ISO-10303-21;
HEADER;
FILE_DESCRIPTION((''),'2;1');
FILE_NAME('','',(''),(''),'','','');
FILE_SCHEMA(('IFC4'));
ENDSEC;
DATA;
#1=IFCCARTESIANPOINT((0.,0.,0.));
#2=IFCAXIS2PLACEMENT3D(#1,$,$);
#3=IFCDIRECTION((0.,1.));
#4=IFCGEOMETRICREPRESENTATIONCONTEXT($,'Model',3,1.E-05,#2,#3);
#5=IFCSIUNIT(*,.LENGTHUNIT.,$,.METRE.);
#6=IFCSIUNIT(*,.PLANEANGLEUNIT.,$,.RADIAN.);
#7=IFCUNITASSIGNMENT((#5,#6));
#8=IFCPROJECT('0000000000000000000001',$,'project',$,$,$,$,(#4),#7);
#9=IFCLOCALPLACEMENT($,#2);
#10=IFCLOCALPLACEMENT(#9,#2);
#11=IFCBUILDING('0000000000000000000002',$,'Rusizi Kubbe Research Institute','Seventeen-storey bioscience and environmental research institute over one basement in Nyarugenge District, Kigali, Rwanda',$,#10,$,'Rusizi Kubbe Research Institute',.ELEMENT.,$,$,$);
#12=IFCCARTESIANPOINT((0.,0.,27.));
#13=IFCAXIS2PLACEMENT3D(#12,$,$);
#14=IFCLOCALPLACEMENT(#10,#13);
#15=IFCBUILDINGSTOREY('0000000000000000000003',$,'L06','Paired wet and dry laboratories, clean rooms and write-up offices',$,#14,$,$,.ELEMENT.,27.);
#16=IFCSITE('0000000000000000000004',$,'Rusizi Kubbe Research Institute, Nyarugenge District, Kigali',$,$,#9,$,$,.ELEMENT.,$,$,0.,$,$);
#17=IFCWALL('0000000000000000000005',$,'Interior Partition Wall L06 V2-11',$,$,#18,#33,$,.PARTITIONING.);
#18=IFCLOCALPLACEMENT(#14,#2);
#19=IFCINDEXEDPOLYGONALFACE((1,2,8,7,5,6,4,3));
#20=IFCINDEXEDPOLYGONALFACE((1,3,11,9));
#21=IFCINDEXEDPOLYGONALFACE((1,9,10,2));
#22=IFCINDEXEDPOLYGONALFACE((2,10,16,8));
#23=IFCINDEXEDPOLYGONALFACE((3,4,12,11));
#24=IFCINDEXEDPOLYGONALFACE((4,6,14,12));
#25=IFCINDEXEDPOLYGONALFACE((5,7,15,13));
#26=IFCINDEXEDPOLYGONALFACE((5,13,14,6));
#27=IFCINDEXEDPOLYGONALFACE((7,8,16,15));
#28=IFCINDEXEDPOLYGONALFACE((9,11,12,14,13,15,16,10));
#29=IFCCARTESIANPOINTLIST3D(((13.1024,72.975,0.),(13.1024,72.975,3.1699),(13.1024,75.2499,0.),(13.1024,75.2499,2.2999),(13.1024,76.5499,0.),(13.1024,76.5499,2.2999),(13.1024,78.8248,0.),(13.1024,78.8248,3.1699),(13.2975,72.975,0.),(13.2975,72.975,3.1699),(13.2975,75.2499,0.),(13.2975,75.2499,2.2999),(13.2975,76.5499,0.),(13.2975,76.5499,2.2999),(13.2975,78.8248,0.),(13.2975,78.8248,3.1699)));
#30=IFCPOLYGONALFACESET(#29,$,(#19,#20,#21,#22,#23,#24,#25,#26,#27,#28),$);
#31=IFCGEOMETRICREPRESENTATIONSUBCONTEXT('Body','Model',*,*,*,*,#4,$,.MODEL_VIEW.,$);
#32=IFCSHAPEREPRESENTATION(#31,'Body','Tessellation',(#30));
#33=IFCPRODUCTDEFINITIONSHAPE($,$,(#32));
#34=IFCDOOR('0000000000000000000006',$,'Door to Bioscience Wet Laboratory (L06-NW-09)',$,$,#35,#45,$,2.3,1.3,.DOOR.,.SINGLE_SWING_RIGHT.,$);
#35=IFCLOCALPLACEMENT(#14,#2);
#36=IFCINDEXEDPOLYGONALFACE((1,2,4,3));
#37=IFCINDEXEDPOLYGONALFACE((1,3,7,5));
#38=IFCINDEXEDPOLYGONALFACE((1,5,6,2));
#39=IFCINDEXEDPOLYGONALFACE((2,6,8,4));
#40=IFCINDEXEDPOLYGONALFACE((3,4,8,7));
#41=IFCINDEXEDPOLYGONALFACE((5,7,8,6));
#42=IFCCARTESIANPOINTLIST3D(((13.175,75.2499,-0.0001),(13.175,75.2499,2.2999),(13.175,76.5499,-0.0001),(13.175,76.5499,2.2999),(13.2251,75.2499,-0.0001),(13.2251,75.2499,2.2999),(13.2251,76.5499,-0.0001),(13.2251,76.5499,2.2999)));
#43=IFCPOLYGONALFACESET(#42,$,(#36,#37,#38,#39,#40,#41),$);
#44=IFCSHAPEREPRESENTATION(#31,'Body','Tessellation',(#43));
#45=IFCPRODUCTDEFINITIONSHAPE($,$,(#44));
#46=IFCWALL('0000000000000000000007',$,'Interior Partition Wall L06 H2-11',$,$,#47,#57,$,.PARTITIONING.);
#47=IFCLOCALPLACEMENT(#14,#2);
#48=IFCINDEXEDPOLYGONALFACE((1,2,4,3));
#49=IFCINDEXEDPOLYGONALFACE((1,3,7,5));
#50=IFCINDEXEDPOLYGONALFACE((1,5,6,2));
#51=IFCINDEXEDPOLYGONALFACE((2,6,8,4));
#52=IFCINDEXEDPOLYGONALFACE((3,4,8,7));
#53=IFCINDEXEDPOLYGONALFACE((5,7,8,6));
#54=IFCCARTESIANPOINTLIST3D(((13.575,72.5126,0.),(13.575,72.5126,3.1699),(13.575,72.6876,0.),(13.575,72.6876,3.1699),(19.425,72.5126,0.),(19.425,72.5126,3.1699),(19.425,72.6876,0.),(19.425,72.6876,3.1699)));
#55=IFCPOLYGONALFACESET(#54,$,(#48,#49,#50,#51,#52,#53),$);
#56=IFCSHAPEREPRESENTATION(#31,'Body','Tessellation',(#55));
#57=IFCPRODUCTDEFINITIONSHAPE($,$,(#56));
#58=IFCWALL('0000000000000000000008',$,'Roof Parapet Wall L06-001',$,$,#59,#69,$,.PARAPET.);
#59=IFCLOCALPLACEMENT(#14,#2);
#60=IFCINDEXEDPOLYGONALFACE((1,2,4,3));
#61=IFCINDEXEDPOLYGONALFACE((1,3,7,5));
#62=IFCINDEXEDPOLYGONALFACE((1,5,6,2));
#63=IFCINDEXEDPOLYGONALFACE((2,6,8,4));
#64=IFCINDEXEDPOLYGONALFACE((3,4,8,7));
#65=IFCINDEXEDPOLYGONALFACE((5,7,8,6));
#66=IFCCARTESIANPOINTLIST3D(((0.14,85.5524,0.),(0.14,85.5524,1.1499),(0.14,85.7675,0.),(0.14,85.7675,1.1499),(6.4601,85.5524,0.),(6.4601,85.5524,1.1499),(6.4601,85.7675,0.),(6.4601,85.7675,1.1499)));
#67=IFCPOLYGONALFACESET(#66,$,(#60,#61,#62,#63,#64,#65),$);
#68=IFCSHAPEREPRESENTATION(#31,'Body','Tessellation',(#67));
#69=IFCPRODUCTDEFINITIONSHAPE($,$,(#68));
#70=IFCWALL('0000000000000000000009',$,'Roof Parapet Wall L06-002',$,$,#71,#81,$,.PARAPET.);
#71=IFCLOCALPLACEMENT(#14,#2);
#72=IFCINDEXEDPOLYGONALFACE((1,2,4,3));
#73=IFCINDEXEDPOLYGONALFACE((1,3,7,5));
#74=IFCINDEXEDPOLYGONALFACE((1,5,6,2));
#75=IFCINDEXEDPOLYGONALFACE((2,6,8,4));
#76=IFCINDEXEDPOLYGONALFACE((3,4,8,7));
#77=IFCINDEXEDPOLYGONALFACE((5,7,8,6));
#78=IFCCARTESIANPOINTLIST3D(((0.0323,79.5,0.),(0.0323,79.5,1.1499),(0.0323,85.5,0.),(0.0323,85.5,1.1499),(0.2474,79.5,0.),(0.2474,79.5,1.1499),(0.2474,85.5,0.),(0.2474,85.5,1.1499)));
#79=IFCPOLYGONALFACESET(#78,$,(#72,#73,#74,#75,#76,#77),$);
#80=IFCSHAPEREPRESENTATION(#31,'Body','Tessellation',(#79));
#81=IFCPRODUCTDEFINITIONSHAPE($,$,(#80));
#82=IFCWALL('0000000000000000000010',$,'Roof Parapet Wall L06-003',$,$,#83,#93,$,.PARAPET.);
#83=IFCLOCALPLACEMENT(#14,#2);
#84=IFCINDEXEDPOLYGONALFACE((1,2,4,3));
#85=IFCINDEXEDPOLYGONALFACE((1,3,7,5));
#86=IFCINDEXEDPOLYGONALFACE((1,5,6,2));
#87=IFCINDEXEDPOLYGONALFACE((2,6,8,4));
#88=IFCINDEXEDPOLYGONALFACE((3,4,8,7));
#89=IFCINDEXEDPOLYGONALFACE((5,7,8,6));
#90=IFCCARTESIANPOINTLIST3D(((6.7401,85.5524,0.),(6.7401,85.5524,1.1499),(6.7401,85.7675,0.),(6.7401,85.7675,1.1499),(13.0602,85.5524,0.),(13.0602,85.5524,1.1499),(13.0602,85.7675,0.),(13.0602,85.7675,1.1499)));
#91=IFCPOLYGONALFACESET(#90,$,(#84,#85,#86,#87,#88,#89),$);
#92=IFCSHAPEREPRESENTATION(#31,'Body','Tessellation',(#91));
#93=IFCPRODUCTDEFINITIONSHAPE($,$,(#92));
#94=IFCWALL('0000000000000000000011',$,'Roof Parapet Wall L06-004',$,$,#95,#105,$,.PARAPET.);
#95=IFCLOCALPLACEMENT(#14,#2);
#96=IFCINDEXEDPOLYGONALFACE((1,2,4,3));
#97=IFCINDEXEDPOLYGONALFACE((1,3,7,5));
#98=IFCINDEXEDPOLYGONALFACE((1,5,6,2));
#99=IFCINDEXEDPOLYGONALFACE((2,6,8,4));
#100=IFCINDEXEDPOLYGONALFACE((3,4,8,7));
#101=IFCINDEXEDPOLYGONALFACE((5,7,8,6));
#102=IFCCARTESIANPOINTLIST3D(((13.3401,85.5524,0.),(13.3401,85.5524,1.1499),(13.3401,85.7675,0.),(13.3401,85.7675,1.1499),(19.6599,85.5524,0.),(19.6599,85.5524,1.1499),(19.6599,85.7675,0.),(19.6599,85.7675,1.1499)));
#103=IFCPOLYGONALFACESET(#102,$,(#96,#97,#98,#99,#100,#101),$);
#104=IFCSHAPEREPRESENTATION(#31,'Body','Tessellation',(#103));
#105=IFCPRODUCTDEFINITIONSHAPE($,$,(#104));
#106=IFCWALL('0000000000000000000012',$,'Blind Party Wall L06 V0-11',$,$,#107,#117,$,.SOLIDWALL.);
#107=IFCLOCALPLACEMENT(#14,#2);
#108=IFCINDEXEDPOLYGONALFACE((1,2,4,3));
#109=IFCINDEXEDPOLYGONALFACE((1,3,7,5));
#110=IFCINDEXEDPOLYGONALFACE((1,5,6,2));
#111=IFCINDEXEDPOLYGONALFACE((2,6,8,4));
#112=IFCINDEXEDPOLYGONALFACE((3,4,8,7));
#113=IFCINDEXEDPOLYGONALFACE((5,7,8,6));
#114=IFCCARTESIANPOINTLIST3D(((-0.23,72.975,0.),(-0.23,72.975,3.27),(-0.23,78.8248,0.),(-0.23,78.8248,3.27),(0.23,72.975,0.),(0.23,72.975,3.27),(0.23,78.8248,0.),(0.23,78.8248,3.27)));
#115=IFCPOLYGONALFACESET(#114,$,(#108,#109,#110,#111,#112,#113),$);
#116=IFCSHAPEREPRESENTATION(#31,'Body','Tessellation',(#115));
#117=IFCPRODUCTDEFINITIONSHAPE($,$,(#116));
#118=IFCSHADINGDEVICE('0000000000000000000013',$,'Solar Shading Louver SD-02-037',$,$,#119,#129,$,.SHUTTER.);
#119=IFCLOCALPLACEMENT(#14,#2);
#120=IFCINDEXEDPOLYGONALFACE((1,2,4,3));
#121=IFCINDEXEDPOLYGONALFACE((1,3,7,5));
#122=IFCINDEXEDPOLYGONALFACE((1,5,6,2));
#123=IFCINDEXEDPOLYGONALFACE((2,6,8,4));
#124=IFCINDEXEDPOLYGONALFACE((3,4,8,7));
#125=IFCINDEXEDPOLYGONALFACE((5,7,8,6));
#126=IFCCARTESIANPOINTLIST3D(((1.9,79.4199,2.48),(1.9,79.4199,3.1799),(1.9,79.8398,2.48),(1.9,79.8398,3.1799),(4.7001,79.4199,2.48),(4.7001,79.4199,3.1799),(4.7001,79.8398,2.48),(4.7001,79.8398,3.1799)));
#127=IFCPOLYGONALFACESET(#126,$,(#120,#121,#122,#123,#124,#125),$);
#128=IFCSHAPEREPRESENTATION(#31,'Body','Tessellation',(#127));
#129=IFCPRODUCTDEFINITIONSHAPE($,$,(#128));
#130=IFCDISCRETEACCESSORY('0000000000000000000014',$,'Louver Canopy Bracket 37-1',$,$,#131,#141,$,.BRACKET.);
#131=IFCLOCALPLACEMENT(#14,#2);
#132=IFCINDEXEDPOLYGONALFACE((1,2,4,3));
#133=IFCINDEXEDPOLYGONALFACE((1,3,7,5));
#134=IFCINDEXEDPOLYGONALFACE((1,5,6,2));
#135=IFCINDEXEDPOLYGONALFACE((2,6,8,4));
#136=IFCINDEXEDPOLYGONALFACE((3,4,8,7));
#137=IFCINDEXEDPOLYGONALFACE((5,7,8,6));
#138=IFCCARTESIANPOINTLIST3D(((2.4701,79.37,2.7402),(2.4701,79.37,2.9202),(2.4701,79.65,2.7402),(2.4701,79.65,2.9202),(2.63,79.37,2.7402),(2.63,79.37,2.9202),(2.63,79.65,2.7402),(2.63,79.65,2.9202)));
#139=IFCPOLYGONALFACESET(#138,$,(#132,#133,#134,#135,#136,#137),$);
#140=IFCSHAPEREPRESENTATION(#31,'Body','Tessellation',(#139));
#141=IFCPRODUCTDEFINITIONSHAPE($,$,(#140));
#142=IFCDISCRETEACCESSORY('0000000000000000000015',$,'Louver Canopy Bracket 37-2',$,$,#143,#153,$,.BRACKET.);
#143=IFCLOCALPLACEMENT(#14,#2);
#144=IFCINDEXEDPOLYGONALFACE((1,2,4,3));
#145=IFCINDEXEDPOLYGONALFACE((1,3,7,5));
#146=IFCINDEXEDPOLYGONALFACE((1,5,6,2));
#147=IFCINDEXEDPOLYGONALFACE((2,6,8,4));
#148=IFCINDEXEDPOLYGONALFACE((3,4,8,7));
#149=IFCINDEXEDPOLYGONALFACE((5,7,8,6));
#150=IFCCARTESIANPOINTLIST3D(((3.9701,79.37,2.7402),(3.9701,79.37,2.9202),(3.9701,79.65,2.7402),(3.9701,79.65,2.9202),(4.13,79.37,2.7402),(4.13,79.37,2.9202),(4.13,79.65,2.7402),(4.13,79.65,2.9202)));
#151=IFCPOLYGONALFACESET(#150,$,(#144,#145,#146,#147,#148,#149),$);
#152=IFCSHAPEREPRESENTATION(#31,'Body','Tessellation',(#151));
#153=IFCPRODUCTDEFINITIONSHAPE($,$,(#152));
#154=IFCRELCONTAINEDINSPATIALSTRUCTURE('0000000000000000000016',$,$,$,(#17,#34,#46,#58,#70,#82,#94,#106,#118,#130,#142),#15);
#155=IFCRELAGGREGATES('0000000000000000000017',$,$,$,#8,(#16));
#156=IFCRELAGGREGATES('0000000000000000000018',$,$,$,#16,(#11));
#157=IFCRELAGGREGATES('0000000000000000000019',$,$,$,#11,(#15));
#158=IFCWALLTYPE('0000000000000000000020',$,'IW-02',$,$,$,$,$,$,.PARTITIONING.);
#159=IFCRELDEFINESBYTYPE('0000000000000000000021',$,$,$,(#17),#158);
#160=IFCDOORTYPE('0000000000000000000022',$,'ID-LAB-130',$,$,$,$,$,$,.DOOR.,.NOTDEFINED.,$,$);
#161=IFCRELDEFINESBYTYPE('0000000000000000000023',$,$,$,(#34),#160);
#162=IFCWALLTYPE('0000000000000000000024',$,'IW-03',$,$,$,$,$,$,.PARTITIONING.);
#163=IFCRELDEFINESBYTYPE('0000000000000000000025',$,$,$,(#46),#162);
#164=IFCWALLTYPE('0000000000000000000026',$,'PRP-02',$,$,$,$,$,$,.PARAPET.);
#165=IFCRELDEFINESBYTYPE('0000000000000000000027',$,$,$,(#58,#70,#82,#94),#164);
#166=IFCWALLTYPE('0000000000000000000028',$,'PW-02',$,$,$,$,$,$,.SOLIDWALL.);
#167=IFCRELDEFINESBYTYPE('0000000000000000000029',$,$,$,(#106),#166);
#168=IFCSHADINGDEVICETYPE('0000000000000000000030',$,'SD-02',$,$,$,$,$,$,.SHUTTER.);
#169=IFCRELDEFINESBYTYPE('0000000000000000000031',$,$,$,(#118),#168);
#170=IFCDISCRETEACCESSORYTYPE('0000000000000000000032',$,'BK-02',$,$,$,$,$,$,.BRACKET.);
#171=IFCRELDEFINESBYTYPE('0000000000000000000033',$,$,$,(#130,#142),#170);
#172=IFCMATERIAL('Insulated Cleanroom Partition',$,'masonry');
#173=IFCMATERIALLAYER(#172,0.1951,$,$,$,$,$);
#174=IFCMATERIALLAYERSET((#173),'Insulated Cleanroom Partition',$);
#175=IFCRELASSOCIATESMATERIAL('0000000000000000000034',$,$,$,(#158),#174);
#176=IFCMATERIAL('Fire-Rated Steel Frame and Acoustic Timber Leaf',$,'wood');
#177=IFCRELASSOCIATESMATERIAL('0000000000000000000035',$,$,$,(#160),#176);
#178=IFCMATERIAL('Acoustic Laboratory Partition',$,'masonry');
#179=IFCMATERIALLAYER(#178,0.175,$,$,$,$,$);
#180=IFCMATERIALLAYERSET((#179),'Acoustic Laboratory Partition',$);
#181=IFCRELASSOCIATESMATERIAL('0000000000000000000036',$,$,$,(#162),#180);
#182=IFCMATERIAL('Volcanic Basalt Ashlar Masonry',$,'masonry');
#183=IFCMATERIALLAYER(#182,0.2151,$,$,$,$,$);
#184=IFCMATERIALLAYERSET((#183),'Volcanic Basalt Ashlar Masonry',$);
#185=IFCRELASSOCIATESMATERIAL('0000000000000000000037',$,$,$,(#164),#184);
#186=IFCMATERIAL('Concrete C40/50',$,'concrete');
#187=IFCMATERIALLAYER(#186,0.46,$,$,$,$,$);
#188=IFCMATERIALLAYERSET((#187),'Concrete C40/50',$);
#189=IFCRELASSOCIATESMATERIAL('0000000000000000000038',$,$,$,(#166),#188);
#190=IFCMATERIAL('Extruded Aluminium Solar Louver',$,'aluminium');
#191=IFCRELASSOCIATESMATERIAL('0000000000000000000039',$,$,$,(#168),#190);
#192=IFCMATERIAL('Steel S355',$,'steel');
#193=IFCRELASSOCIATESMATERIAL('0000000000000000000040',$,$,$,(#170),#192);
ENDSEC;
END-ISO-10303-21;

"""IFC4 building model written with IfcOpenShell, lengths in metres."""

from ifc_helpers import new_model, si_unit, direction, frame, frame_2d, origin, origin_2d, place, context, subcontext, project, spatial, rectangle, extrude, material, layer, layer_set, type_object, element, fill, save


model = new_model("IFC4")

# Units and contexts
model_context = context("Model", 3, precision=1e-05, world=origin(), true_north=direction((0.0, 1.0)))
body_context = subcontext(model_context, "Body", "Model", "MODEL_VIEW")
ifc_project = project(units=[si_unit("LENGTHUNIT", "METRE"), si_unit("PLANEANGLEUNIT", "RADIAN")], contexts=[model_context])

# Site, building, storey
site_placement = place(None, origin())
site = spatial("IfcSite", under=ifc_project, at=site_placement, Name="Rusizi Kubbe Research Institute, Nyarugenge District, Kigali", CompositionType="ELEMENT", RefElevation=0.0)
building_placement = place(site_placement, origin())
building = spatial("IfcBuilding", under=site, at=building_placement, Name="Rusizi Kubbe Research Institute", Description="Seventeen-storey bioscience and environmental research institute over one basement in Nyarugenge District, Kigali, Rwanda", LongName="Rusizi Kubbe Research Institute", CompositionType="ELEMENT")
storey_placement = place(building_placement, frame((0.0, 0.0, 27.0)))
storey = spatial("IfcBuildingStorey", under=building, at=storey_placement, Name="L06", Description="Paired wet and dry laboratories, clean rooms and write-up offices", CompositionType="ELEMENT", Elevation=27.0)

# Wall, opening, door
ifc_material_1 = material(Name="Insulated Cleanroom Partition", Category="masonry")
ifc_layer_1 = layer(ifc_material_1, 0.1951)
ifc_layer_set_1 = layer_set([ifc_layer_1], Name="Insulated Cleanroom Partition")
wall_type_1 = type_object("IfcWallType", Name="IW-02", PredefinedType="PARTITIONING", material=ifc_layer_set_1)
wall_1_placement = place(storey_placement, frame((13.2, 72.9751, 0.0), z_axis=(0.0, 0.0, 1.0), x_axis=(0.0, 1.0, 0.0)))
wall_1 = element("IfcWall", 1, at=wall_1_placement, inside=storey, type_object=wall_type_1, Name="Interior Partition Wall L06 V2-11", PredefinedType="PARTITIONING", context=body_context, shape_type="SweptSolid", body=[
    extrude(rectangle(XDim=5.8499, YDim=0.1951, at=frame_2d((2.9248, 0.0))), origin(), (0.0, 0.0, 1.0), 3.1699),
])
opening_1_placement = place(wall_1_placement, frame((2.2749, 0.0, 0.0)))
opening_1 = element("IfcOpeningElement", 2, at=opening_1_placement, cuts=wall_1, PredefinedType="OPENING", context=body_context, shape_type="SweptSolid", body=[
    extrude(rectangle(XDim=1.3, YDim=2.3, at=frame_2d((0.6499, 1.1499))), frame((0.0, 0.1074, 0.0), z_axis=(0.0, -1.0, 0.0), x_axis=(1.0, 0.0, 0.0)), (0.0, 0.0, 1.0), 0.2151),
])
ifc_material_2 = material(Name="Fire-Rated Steel Frame and Acoustic Timber Leaf", Category="wood")
door_type_1 = type_object("IfcDoorType", Name="ID-LAB-130", OperationType="NOTDEFINED", PredefinedType="DOOR", material=ifc_material_2)
door_1_placement = place(opening_1_placement, origin())
door_1 = element("IfcDoor", 3, at=door_1_placement, inside=storey, type_object=door_type_1, Name="Door to Bioscience Wet Laboratory (L06-NW-09)", OperationType="SINGLE_SWING_RIGHT", OverallHeight=2.3, OverallWidth=1.3, PredefinedType="DOOR", context=body_context, shape_type="SweptSolid", body=[
    extrude(rectangle(XDim=1.3, YDim=2.3, at=frame_2d((0.6499, 1.1499))), frame((0.0, 0.0249, 0.0), z_axis=(0.0, -1.0, 0.0), x_axis=(1.0, 0.0, 0.0)), (0.0, 0.0, 1.0), 0.05),
])
fill(opening_1, door_1)

# Walls
ifc_material_3 = material(Name="Acoustic Laboratory Partition", Category="masonry")
ifc_layer_2 = layer(ifc_material_3, 0.175)
ifc_layer_set_2 = layer_set([ifc_layer_2], Name="Acoustic Laboratory Partition")
wall_type_2 = type_object("IfcWallType", Name="IW-03", PredefinedType="PARTITIONING", material=ifc_layer_set_2)
wall_2_placement = place(storey_placement, frame((13.575, 72.6001, 0.0), z_axis=(0.0, 0.0, 1.0), x_axis=(1.0, 0.0, 0.0)))
element("IfcWall", 4, at=wall_2_placement, inside=storey, type_object=wall_type_2, Name="Interior Partition Wall L06 H2-11", PredefinedType="PARTITIONING", context=body_context, shape_type="SweptSolid", body=[
    extrude(rectangle(XDim=5.8501, YDim=0.175, at=frame_2d((2.925, 0.0))), origin(), (0.0, 0.0, 1.0), 3.1699),
])
ifc_material_4 = material(Name="Volcanic Basalt Ashlar Masonry", Category="masonry")
ifc_layer_3 = layer(ifc_material_4, 0.2151)
ifc_layer_set_3 = layer_set([ifc_layer_3], Name="Volcanic Basalt Ashlar Masonry")
wall_type_3 = type_object("IfcWallType", Name="PRP-02", PredefinedType="PARAPET", material=ifc_layer_set_3)
wall_3_placement = place(storey_placement, frame((0.1399, 85.6599, 0.0), z_axis=(0.0, 0.0, 1.0), x_axis=(1.0, 0.0, 0.0)))
element("IfcWall", 5, at=wall_3_placement, inside=storey, type_object=wall_type_3, Name="Roof Parapet Wall L06-001", PredefinedType="PARAPET", context=body_context, shape_type="SweptSolid", body=[
    extrude(rectangle(XDim=6.3201, YDim=0.2151, at=frame_2d((3.1602, 0.0))), origin(), (0.0, 0.0, 1.0), 1.1499),
])
wall_4_placement = place(storey_placement, frame((0.1399, 79.5, 0.0), z_axis=(0.0, 0.0, 1.0), x_axis=(0.0, 1.0, 0.0)))
element("IfcWall", 6, at=wall_4_placement, inside=storey, type_object=wall_type_3, Name="Roof Parapet Wall L06-002", PredefinedType="PARAPET", context=body_context, shape_type="SweptSolid", body=[
    extrude(rectangle(XDim=6.0, YDim=0.2151, at=frame_2d((3.0, 0.0))), origin(), (0.0, 0.0, 1.0), 1.1499),
])
wall_5_placement = place(storey_placement, frame((6.74, 85.6599, 0.0), z_axis=(0.0, 0.0, 1.0), x_axis=(1.0, 0.0, 0.0)))
element("IfcWall", 7, at=wall_5_placement, inside=storey, type_object=wall_type_3, Name="Roof Parapet Wall L06-003", PredefinedType="PARAPET", context=body_context, shape_type="SweptSolid", body=[
    extrude(rectangle(XDim=6.3201, YDim=0.2151, at=frame_2d((3.1602, 0.0))), origin(), (0.0, 0.0, 1.0), 1.1499),
])
wall_6_placement = place(storey_placement, frame((13.3401, 85.6599, 0.0), z_axis=(0.0, 0.0, 1.0), x_axis=(1.0, 0.0, 0.0)))
element("IfcWall", 8, at=wall_6_placement, inside=storey, type_object=wall_type_3, Name="Roof Parapet Wall L06-004", PredefinedType="PARAPET", context=body_context, shape_type="SweptSolid", body=[
    extrude(rectangle(XDim=6.3198, YDim=0.2151, at=frame_2d((3.1599, 0.0))), origin(), (0.0, 0.0, 1.0), 1.1499),
])
ifc_material_5 = material(Name="Concrete C40/50", Category="concrete")
ifc_layer_4 = layer(ifc_material_5, 0.46)
ifc_layer_set_4 = layer_set([ifc_layer_4], Name="Concrete C40/50")
wall_type_4 = type_object("IfcWallType", Name="PW-02", PredefinedType="SOLIDWALL", material=ifc_layer_set_4)
wall_7_placement = place(storey_placement, frame((0.0, 72.9751, 0.0), z_axis=(0.0, 0.0, 1.0), x_axis=(0.0, 1.0, 0.0)))
element("IfcWall", 9, at=wall_7_placement, inside=storey, type_object=wall_type_4, Name="Blind Party Wall L06 V0-11", PredefinedType="SOLIDWALL", context=body_context, shape_type="SweptSolid", body=[
    extrude(rectangle(XDim=5.8499, YDim=0.46, at=frame_2d((2.9248, 0.0))), origin(), (0.0, 0.0, 1.0), 3.27),
])

# Shading device
ifc_material_6 = material(Name="Extruded Aluminium Solar Louver", Category="aluminium")
shading_device_type = type_object("IfcShadingDeviceType", Name="SD-02", PredefinedType="SHUTTER", material=ifc_material_6)
shading_device_placement = place(storey_placement, frame((3.3, 79.6299, 2.48), z_axis=(0.0, 0.0, 1.0), x_axis=(1.0, 0.0, 0.0)))
element("IfcShadingDevice", 10, at=shading_device_placement, inside=storey, type_object=shading_device_type, Name="Solar Shading Louver SD-02-037", PredefinedType="SHUTTER", context=body_context, shape_type="SweptSolid", body=[
    extrude(rectangle(XDim=2.8, YDim=0.4199, at=origin_2d()), origin(), (0.0, 0.0, 1.0), 0.7),
])

# Discrete accessories
ifc_material_7 = material(Name="Steel S355", Category="steel")
discrete_accessory_type = type_object("IfcDiscreteAccessoryType", Name="BK-02", PredefinedType="BRACKET", material=ifc_material_7)
for number, where, z_axis, x_axis, name in (
    (11, (2.55, 79.51, 2.7402), (0.0, 0.0, 1.0), (1.0, 0.0, 0.0), "Louver Canopy Bracket 37-1"),
    (12, (4.05, 79.51, 2.7402), (0.0, 0.0, 1.0), (1.0, 0.0, 0.0), "Louver Canopy Bracket 37-2"),
):
    element("IfcDiscreteAccessory", number, at=place(storey_placement, frame(where, z_axis=z_axis, x_axis=x_axis)), inside=storey, type_object=discrete_accessory_type, Name=name, PredefinedType="BRACKET", context=body_context, shape_type="SweptSolid", body=[
        extrude(rectangle(XDim=0.1599, YDim=0.28, at=origin_2d()), origin(), (0.0, 0.0, 1.0), 0.1799),
    ])

save(model, "model.ifc")
